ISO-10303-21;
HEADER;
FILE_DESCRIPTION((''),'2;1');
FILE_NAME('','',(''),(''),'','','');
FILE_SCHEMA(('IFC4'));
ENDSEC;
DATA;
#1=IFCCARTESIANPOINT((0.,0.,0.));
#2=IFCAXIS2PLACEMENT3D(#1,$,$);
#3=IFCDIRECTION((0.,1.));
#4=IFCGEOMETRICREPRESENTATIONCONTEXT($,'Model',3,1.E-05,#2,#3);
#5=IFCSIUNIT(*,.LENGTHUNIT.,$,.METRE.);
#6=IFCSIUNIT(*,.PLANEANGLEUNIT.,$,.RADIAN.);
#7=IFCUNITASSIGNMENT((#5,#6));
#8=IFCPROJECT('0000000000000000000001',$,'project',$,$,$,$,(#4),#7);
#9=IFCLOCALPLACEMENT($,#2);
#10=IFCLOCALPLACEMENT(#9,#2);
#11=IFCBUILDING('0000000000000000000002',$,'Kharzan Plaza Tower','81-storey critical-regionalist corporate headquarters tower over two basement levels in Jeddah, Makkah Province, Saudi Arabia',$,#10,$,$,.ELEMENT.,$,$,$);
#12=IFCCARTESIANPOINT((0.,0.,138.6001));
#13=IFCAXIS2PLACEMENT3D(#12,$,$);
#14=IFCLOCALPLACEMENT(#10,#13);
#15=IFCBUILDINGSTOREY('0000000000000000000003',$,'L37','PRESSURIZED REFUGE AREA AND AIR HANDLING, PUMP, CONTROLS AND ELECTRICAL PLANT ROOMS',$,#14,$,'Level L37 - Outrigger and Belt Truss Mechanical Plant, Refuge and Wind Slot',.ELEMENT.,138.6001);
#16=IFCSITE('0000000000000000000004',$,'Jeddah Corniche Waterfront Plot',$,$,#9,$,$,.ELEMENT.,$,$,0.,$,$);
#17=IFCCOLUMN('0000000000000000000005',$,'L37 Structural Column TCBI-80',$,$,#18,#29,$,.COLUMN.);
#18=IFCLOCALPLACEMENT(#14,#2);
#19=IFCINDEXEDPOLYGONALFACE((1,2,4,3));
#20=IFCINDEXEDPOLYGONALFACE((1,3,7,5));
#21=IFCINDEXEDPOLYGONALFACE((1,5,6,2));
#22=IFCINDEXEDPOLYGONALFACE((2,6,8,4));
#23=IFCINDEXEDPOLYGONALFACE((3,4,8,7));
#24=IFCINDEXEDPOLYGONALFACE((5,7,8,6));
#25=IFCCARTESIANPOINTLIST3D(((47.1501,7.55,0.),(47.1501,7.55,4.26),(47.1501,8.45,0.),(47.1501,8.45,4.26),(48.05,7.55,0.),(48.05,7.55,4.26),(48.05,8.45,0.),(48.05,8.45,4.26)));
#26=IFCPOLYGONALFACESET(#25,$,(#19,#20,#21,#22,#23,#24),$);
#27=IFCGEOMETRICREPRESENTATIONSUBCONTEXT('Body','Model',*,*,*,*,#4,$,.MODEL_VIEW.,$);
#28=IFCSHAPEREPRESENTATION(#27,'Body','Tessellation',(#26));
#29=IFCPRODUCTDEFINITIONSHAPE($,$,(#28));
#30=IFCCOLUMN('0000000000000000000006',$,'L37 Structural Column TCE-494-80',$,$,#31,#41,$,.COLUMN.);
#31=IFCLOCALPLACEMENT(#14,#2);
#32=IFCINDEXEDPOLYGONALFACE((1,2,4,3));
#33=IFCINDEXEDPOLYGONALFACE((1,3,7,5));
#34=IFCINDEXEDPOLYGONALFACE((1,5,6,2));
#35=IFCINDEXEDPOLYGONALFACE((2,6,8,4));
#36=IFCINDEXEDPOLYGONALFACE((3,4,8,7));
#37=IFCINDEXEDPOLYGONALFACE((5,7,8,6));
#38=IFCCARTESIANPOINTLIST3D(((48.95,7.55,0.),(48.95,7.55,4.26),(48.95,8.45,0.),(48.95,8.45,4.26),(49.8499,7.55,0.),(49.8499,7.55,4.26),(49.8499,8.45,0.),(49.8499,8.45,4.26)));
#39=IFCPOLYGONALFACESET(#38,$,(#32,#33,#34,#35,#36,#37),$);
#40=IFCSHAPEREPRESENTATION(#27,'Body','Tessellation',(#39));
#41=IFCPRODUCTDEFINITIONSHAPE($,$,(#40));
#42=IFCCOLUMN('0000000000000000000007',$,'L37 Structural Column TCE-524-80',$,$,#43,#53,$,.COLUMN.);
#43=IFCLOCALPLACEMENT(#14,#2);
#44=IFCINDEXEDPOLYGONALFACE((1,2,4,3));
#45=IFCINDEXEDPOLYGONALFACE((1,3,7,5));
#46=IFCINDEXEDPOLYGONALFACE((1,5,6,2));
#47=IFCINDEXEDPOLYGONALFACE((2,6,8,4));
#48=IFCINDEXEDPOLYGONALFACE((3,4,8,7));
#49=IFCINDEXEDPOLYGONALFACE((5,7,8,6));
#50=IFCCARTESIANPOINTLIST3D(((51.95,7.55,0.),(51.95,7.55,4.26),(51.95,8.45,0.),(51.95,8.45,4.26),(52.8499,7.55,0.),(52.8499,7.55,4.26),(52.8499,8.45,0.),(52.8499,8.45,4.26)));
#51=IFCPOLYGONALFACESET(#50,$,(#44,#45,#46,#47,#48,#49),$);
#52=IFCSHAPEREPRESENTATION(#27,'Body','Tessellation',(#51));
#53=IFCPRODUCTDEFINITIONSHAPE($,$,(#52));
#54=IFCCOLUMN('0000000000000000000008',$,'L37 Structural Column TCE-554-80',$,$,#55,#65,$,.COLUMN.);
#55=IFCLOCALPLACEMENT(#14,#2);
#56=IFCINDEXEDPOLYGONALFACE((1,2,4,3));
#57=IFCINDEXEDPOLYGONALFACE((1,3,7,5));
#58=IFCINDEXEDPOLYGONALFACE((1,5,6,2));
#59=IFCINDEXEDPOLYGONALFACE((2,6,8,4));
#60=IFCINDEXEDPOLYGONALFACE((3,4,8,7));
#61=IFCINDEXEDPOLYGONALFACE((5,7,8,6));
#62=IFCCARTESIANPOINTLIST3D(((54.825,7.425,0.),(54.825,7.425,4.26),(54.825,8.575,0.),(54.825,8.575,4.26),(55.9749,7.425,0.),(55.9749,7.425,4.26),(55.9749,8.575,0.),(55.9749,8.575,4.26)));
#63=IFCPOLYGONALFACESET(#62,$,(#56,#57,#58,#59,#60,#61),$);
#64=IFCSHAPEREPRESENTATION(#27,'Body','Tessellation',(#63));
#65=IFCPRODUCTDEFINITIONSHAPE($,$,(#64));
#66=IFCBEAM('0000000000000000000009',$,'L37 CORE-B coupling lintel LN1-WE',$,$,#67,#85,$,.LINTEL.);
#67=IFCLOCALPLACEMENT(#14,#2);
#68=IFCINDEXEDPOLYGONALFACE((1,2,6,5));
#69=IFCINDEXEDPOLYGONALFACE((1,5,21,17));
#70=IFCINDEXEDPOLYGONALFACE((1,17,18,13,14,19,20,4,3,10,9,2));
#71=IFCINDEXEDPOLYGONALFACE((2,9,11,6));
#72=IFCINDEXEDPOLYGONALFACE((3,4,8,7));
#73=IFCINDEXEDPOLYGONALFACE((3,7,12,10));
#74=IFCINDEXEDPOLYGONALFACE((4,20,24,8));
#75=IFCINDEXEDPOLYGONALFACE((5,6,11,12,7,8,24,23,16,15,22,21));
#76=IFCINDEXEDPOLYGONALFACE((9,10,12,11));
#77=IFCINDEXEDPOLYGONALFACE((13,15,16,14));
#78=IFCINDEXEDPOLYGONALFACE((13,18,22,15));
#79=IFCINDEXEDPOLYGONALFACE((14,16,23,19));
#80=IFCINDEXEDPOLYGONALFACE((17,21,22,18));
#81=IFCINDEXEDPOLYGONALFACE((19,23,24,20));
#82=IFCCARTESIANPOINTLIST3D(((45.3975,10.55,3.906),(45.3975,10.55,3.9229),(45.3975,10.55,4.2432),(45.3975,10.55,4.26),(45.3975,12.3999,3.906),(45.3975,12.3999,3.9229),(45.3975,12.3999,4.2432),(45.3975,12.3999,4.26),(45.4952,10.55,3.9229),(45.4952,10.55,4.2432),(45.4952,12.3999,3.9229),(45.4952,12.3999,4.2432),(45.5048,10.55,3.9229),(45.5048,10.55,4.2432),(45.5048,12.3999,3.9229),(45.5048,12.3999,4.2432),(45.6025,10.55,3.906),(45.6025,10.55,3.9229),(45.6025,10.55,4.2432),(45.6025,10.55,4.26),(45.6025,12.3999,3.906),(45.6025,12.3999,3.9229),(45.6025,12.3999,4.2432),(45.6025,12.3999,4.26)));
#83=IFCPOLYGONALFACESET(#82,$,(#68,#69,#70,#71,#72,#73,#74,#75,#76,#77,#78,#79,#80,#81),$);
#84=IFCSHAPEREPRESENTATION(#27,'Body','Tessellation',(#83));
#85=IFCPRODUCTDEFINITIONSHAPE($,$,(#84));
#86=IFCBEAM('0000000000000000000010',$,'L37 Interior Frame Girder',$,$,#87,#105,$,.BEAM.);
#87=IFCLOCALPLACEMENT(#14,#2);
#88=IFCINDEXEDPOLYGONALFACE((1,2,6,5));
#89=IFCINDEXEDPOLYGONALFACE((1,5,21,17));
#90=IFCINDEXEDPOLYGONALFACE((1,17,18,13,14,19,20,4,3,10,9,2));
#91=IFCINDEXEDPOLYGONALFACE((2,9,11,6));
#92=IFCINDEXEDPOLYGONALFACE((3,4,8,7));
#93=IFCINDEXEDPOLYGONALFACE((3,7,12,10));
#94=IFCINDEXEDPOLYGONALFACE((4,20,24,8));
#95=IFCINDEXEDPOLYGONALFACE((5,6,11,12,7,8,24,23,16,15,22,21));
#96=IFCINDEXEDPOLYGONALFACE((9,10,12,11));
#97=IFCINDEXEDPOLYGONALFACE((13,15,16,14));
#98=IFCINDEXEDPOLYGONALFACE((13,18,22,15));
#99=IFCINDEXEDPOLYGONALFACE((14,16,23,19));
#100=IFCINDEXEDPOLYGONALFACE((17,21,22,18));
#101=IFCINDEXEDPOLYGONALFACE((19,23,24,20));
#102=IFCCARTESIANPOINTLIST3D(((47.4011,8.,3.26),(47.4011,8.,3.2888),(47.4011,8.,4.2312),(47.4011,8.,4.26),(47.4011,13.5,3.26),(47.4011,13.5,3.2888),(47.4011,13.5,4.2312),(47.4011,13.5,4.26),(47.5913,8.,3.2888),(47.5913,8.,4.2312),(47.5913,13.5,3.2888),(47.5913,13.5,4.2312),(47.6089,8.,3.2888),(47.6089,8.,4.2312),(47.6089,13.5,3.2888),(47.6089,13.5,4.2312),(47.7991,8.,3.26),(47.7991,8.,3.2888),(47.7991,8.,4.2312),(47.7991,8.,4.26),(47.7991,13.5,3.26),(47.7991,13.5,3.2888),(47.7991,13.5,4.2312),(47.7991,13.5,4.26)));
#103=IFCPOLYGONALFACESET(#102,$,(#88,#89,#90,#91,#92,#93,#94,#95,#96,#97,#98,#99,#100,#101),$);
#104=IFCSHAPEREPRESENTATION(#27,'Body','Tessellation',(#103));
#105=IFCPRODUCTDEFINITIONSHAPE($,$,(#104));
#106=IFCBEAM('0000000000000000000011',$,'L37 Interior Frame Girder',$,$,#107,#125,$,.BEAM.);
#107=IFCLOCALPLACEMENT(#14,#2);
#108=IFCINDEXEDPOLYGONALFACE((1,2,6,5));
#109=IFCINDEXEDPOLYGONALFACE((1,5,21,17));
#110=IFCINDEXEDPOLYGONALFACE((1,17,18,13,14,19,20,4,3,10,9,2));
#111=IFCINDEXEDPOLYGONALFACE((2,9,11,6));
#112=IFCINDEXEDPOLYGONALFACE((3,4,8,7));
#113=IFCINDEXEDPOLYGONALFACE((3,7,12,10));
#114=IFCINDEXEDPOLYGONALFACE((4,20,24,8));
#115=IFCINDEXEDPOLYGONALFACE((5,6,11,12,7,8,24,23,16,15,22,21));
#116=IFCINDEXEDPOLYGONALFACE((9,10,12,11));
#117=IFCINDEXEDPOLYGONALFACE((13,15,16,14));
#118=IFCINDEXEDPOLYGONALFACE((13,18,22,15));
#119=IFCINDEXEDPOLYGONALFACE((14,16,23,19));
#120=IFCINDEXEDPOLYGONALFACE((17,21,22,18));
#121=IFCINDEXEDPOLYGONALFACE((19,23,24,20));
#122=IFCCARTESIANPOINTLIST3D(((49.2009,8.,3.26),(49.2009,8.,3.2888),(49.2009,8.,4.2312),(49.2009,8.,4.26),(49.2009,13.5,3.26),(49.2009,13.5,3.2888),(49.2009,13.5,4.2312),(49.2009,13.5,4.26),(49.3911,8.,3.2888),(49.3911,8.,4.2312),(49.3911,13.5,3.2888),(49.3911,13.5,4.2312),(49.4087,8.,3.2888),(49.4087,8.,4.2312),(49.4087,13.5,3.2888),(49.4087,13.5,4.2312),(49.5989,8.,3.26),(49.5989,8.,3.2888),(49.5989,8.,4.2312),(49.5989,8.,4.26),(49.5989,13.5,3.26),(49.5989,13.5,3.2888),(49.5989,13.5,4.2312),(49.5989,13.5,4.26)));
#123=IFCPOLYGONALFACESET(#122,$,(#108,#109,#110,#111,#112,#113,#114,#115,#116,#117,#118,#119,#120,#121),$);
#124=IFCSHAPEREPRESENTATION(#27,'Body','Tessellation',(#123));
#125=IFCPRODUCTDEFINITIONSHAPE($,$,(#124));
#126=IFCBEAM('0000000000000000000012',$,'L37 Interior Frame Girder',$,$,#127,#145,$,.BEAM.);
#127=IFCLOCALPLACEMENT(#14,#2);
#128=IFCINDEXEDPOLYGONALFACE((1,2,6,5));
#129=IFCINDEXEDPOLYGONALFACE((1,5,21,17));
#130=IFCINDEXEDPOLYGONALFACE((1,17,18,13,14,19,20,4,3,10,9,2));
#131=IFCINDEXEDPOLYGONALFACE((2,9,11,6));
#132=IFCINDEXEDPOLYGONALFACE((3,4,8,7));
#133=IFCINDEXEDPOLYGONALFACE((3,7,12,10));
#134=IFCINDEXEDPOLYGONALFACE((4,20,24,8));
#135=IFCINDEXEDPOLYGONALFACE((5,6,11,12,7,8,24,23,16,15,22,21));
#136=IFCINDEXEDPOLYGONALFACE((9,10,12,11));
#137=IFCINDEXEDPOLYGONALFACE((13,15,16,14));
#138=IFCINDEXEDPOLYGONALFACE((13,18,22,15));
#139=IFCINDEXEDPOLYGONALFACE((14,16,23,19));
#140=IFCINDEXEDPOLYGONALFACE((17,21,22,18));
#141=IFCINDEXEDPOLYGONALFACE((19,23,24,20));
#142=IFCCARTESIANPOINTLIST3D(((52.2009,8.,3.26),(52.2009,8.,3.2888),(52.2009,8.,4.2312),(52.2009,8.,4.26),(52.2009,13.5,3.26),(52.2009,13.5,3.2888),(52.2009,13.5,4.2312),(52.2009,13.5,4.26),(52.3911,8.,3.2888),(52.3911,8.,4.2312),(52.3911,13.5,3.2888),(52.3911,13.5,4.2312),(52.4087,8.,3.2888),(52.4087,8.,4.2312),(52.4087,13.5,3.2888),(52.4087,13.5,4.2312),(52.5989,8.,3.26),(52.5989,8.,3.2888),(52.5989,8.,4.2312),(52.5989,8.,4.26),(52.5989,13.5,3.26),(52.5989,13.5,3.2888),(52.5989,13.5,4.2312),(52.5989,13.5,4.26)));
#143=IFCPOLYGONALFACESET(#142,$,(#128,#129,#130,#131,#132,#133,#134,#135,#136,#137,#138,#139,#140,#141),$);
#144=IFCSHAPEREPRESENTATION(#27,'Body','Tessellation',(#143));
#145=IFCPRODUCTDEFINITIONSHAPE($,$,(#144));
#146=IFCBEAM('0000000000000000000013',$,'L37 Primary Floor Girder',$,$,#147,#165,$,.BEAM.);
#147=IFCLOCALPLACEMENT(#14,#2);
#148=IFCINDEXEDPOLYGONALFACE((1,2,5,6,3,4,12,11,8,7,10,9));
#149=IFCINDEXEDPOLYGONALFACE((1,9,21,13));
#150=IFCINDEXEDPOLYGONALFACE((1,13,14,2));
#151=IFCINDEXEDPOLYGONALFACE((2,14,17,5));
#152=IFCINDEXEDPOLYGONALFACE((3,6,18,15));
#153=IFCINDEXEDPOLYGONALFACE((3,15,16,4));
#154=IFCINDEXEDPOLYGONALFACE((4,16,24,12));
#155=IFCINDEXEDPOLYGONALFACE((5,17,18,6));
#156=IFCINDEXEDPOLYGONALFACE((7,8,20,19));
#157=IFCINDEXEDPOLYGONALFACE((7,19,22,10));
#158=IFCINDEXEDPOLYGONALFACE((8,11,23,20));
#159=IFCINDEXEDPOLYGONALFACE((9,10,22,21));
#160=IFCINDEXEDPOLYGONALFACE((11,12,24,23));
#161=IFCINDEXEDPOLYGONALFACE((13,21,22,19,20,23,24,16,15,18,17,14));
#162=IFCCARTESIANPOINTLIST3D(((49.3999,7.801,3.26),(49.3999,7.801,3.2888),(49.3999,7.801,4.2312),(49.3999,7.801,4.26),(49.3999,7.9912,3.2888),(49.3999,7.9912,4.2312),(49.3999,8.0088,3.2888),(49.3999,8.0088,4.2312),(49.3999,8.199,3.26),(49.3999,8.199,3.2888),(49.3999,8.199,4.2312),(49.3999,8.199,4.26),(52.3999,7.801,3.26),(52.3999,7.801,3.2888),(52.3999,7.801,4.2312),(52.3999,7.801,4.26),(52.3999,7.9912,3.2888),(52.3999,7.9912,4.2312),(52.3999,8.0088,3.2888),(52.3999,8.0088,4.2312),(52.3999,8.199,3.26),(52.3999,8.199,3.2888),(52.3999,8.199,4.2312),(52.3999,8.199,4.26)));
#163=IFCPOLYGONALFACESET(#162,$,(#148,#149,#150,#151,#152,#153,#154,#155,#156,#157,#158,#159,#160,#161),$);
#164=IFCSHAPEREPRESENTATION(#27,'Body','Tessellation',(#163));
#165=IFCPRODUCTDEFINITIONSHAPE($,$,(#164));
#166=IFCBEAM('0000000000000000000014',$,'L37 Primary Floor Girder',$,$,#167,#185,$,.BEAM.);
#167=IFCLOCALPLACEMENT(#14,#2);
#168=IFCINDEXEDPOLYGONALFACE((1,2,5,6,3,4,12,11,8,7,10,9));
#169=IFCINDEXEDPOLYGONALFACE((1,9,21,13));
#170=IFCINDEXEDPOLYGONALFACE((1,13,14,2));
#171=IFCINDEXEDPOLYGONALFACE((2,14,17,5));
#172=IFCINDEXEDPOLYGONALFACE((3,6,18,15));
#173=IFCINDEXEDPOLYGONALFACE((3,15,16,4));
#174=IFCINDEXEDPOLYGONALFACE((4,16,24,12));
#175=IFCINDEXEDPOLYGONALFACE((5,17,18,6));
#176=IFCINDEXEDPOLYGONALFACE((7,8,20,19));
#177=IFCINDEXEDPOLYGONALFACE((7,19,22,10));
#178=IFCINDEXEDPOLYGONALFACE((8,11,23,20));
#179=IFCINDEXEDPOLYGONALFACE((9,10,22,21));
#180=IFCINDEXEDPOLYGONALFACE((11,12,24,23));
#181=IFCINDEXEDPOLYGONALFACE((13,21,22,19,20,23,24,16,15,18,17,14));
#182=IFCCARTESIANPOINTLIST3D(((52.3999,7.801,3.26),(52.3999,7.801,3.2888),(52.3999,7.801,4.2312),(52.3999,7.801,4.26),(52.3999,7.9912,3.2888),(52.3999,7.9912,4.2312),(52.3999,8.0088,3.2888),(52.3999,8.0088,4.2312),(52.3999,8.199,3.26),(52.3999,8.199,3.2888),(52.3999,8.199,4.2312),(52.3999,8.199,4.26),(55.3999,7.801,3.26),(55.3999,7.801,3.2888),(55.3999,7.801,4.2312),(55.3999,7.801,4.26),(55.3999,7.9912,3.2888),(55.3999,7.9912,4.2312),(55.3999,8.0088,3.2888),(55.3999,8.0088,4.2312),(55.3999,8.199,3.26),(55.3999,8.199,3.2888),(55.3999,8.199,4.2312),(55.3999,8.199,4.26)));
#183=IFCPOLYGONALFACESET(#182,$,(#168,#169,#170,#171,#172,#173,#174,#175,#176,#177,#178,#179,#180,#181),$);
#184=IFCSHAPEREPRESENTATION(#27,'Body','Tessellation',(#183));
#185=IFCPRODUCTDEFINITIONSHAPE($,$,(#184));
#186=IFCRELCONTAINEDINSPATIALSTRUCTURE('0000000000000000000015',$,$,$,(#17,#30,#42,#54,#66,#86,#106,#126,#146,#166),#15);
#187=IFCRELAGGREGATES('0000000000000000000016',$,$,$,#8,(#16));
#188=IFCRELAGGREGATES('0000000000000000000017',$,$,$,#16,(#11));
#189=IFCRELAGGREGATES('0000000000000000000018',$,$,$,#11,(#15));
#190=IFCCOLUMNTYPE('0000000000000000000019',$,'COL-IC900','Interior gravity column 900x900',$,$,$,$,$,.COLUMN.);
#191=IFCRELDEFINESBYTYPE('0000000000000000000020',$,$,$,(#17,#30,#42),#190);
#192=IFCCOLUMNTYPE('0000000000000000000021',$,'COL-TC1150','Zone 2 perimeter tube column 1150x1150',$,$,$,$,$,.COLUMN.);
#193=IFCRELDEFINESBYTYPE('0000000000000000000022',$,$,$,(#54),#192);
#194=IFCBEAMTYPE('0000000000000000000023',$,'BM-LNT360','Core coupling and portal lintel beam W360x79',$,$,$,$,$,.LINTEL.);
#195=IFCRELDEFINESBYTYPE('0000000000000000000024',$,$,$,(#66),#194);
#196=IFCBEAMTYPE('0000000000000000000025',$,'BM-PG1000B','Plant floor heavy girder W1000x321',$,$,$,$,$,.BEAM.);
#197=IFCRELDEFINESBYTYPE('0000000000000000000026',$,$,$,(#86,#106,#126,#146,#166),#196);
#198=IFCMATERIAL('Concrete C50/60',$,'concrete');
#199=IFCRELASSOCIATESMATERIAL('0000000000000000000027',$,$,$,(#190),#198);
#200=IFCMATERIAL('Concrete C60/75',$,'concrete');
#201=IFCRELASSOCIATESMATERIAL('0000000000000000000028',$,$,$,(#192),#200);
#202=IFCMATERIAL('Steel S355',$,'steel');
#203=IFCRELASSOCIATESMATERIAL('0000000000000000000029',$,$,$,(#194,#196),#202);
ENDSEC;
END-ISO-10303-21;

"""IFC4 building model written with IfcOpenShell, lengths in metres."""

from ifc_helpers import new_model, si_unit, direction, frame, origin, origin_2d, place, context, subcontext, project, spatial, rectangle, i_section, extrude, source, transform, mapped, material, material_profile, profile_set, type_object, element, save


model = new_model("IFC4")

# Units and contexts
model_context = context("Model", 3, precision=1e-05, world=origin(), true_north=direction((0.0, 1.0)))
body_context = subcontext(model_context, "Body", "Model", "MODEL_VIEW")
ifc_project = project(units=[si_unit("LENGTHUNIT", "METRE"), si_unit("PLANEANGLEUNIT", "RADIAN")], contexts=[model_context])

# Site, building, storey
site_placement = place(None, origin())
site = spatial("IfcSite", under=ifc_project, at=site_placement, Name="Jeddah Corniche Waterfront Plot", CompositionType="ELEMENT", RefElevation=0.0)
building_placement = place(site_placement, origin())
building = spatial("IfcBuilding", under=site, at=building_placement, Name="Kharzan Plaza Tower", Description="81-storey critical-regionalist corporate headquarters tower over two basement levels in Jeddah, Makkah Province, Saudi Arabia", CompositionType="ELEMENT")
storey_placement = place(building_placement, frame((0.0, 0.0, 138.6001)))
storey = spatial("IfcBuildingStorey", under=building, at=storey_placement, Name="L37", Description="PRESSURIZED REFUGE AREA AND AIR HANDLING, PUMP, CONTROLS AND ELECTRICAL PLANT ROOMS", LongName="Level L37 - Outrigger and Belt Truss Mechanical Plant, Refuge and Wind Slot", CompositionType="ELEMENT", Elevation=138.6001)

# Columns
ifc_material_1 = material(Name="Concrete C50/60", Category="concrete")
ifc_material_profile_1 = material_profile(ifc_material_1, rectangle(XDim=0.8999, YDim=0.8999, at=origin_2d()), Name="RC-IC900x900")
ifc_profile_set_1 = profile_set([ifc_material_profile_1], Name="Concrete C50/60")
column_type_1 = type_object("IfcColumnType", Name="COL-IC900", Description="Interior gravity column 900x900", PredefinedType="COLUMN", material=ifc_profile_set_1)
shared_shape_1 = source(origin(), body_context, "Body", "SweptSolid", [
    extrude(rectangle(XDim=0.8999, YDim=0.8999, at=origin_2d()), origin(), (0.0, 0.0, 1.0), 4.26),
])
for number, where, z_axis, x_axis, name in (
    (1, (47.6001, 8.0, 0.0), (0.0, 0.0, 1.0), (1.0, 0.0, 0.0), "L37 Structural Column TCBI-80"),
    (2, (49.3999, 8.0, 0.0), (0.0, 0.0, 1.0), (1.0, 0.0, 0.0), "L37 Structural Column TCE-494-80"),
    (3, (52.3999, 8.0, 0.0), (0.0, 0.0, 1.0), (1.0, 0.0, 0.0), "L37 Structural Column TCE-524-80"),
):
    element("IfcColumn", number, at=place(storey_placement, frame(where, z_axis=z_axis, x_axis=x_axis)), inside=storey, type_object=column_type_1, Name=name, PredefinedType="COLUMN", context=body_context, shape_type="MappedRepresentation", body=[
        mapped(shared_shape_1, transform((0.0, 0.0, 0.0), x_axis=(1.0, 0.0, 0.0), y_axis=(0.0, 1.0, 0.0), z_axis=(0.0, 0.0, 1.0))),
    ])
ifc_material_2 = material(Name="Concrete C60/75", Category="concrete")
ifc_material_profile_2 = material_profile(ifc_material_2, rectangle(XDim=1.1499, YDim=1.1499, at=origin_2d()), Name="RC-TC1150x1150")
ifc_profile_set_2 = profile_set([ifc_material_profile_2], Name="Concrete C60/75")
column_type_2 = type_object("IfcColumnType", Name="COL-TC1150", Description="Zone 2 perimeter tube column 1150x1150", PredefinedType="COLUMN", material=ifc_profile_set_2)
shared_shape_2 = source(origin(), body_context, "Body", "SweptSolid", [
    extrude(rectangle(XDim=1.1499, YDim=1.1499, at=origin_2d()), origin(), (0.0, 0.0, 1.0), 4.26),
])
column_placement = place(storey_placement, frame((55.3999, 8.0, 0.0), z_axis=(0.0, 0.0, 1.0), x_axis=(1.0, 0.0, 0.0)))
element("IfcColumn", 4, at=column_placement, inside=storey, type_object=column_type_2, Name="L37 Structural Column TCE-554-80", PredefinedType="COLUMN", context=body_context, shape_type="MappedRepresentation", body=[
    mapped(shared_shape_2, transform((0.0, 0.0, 0.0), x_axis=(1.0, 0.0, 0.0), y_axis=(0.0, 1.0, 0.0), z_axis=(0.0, 0.0, 1.0))),
])

# Beams
ifc_material_3 = material(Name="Steel S355", Category="steel")
ifc_material_profile_3 = material_profile(ifc_material_3, i_section(OverallWidth=0.2051, OverallDepth=0.354, WebThickness=0.0095, FlangeThickness=0.0168, at=origin_2d()), Name="W360x79")
ifc_profile_set_3 = profile_set([ifc_material_profile_3], Name="Steel S355")
beam_type_1 = type_object("IfcBeamType", Name="BM-LNT360", Description="Core coupling and portal lintel beam W360x79", PredefinedType="LINTEL", material=ifc_profile_set_3)
shared_shape_3 = source(origin(), body_context, "Body", "SweptSolid", [
    extrude(i_section(OverallWidth=0.2051, OverallDepth=0.354, WebThickness=0.0095, FlangeThickness=0.0168, at=origin_2d()), origin(), (0.0, 0.0, 1.0), 1.8499),
])
beam_1_placement = place(storey_placement, frame((45.5, 10.55, 4.083), z_axis=(0.0, 1.0, 0.0), x_axis=(-1.0, 0.0, 0.0)))
element("IfcBeam", 5, at=beam_1_placement, inside=storey, type_object=beam_type_1, Name="L37 CORE-B coupling lintel LN1-WE", PredefinedType="LINTEL", context=body_context, shape_type="MappedRepresentation", body=[
    mapped(shared_shape_3, transform((0.0, 0.0, 0.0), x_axis=(1.0, 0.0, 0.0), y_axis=(0.0, 1.0, 0.0), z_axis=(0.0, 0.0, 1.0))),
])
ifc_material_profile_4 = material_profile(ifc_material_3, i_section(OverallWidth=0.3979, OverallDepth=1.0, WebThickness=0.0176, FlangeThickness=0.0288, at=origin_2d()), Name="W1000x321")
ifc_profile_set_4 = profile_set([ifc_material_profile_4], Name="Steel S355")
beam_type_2 = type_object("IfcBeamType", Name="BM-PG1000B", Description="Plant floor heavy girder W1000x321", PredefinedType="BEAM", material=ifc_profile_set_4)
shared_shape_4 = source(origin(), body_context, "Body", "SweptSolid", [
    extrude(i_section(OverallWidth=0.3979, OverallDepth=1.0, WebThickness=0.0176, FlangeThickness=0.0288, at=origin_2d()), origin(), (0.0, 0.0, 1.0), 5.5),
])
for number, where, z_axis, x_axis, name in (
    (6, (47.6001, 8.0, 3.76), (0.0, 1.0, 0.0), (-1.0, 0.0, 0.0), "L37 Interior Frame Girder"),
    (7, (49.3999, 8.0, 3.76), (0.0, 1.0, 0.0), (-1.0, 0.0, 0.0), "L37 Interior Frame Girder"),
    (8, (52.3999, 8.0, 3.76), (0.0, 1.0, 0.0), (-1.0, 0.0, 0.0), "L37 Interior Frame Girder"),
):
    element("IfcBeam", number, at=place(storey_placement, frame(where, z_axis=z_axis, x_axis=x_axis)), inside=storey, type_object=beam_type_2, Name=name, PredefinedType="BEAM", context=body_context, shape_type="MappedRepresentation", body=[
        mapped(shared_shape_4, transform((0.0, 0.0, 0.0), x_axis=(1.0, 0.0, 0.0), y_axis=(0.0, 1.0, 0.0), z_axis=(0.0, 0.0, 1.0))),
    ])
shared_shape_5 = source(origin(), body_context, "Body", "SweptSolid", [
    extrude(i_section(OverallWidth=0.3979, OverallDepth=1.0, WebThickness=0.0176, FlangeThickness=0.0288, at=origin_2d()), origin(), (0.0, 0.0, 1.0), 3.0),
])
for number, where, z_axis, x_axis, name in (
    (9, (49.3999, 8.0, 3.76), (1.0, 0.0, 0.0), (0.0, 1.0, 0.0), "L37 Primary Floor Girder"),
    (10, (52.3999, 8.0, 3.76), (1.0, 0.0, 0.0), (0.0, 1.0, 0.0), "L37 Primary Floor Girder"),
):
    element("IfcBeam", number, at=place(storey_placement, frame(where, z_axis=z_axis, x_axis=x_axis)), inside=storey, type_object=beam_type_2, Name=name, PredefinedType="BEAM", context=body_context, shape_type="MappedRepresentation", body=[
        mapped(shared_shape_5, transform((0.0, 0.0, 0.0), x_axis=(1.0, 0.0, 0.0), y_axis=(0.0, 1.0, 0.0), z_axis=(0.0, 0.0, 1.0))),
    ])

save(model, "model.ifc")
